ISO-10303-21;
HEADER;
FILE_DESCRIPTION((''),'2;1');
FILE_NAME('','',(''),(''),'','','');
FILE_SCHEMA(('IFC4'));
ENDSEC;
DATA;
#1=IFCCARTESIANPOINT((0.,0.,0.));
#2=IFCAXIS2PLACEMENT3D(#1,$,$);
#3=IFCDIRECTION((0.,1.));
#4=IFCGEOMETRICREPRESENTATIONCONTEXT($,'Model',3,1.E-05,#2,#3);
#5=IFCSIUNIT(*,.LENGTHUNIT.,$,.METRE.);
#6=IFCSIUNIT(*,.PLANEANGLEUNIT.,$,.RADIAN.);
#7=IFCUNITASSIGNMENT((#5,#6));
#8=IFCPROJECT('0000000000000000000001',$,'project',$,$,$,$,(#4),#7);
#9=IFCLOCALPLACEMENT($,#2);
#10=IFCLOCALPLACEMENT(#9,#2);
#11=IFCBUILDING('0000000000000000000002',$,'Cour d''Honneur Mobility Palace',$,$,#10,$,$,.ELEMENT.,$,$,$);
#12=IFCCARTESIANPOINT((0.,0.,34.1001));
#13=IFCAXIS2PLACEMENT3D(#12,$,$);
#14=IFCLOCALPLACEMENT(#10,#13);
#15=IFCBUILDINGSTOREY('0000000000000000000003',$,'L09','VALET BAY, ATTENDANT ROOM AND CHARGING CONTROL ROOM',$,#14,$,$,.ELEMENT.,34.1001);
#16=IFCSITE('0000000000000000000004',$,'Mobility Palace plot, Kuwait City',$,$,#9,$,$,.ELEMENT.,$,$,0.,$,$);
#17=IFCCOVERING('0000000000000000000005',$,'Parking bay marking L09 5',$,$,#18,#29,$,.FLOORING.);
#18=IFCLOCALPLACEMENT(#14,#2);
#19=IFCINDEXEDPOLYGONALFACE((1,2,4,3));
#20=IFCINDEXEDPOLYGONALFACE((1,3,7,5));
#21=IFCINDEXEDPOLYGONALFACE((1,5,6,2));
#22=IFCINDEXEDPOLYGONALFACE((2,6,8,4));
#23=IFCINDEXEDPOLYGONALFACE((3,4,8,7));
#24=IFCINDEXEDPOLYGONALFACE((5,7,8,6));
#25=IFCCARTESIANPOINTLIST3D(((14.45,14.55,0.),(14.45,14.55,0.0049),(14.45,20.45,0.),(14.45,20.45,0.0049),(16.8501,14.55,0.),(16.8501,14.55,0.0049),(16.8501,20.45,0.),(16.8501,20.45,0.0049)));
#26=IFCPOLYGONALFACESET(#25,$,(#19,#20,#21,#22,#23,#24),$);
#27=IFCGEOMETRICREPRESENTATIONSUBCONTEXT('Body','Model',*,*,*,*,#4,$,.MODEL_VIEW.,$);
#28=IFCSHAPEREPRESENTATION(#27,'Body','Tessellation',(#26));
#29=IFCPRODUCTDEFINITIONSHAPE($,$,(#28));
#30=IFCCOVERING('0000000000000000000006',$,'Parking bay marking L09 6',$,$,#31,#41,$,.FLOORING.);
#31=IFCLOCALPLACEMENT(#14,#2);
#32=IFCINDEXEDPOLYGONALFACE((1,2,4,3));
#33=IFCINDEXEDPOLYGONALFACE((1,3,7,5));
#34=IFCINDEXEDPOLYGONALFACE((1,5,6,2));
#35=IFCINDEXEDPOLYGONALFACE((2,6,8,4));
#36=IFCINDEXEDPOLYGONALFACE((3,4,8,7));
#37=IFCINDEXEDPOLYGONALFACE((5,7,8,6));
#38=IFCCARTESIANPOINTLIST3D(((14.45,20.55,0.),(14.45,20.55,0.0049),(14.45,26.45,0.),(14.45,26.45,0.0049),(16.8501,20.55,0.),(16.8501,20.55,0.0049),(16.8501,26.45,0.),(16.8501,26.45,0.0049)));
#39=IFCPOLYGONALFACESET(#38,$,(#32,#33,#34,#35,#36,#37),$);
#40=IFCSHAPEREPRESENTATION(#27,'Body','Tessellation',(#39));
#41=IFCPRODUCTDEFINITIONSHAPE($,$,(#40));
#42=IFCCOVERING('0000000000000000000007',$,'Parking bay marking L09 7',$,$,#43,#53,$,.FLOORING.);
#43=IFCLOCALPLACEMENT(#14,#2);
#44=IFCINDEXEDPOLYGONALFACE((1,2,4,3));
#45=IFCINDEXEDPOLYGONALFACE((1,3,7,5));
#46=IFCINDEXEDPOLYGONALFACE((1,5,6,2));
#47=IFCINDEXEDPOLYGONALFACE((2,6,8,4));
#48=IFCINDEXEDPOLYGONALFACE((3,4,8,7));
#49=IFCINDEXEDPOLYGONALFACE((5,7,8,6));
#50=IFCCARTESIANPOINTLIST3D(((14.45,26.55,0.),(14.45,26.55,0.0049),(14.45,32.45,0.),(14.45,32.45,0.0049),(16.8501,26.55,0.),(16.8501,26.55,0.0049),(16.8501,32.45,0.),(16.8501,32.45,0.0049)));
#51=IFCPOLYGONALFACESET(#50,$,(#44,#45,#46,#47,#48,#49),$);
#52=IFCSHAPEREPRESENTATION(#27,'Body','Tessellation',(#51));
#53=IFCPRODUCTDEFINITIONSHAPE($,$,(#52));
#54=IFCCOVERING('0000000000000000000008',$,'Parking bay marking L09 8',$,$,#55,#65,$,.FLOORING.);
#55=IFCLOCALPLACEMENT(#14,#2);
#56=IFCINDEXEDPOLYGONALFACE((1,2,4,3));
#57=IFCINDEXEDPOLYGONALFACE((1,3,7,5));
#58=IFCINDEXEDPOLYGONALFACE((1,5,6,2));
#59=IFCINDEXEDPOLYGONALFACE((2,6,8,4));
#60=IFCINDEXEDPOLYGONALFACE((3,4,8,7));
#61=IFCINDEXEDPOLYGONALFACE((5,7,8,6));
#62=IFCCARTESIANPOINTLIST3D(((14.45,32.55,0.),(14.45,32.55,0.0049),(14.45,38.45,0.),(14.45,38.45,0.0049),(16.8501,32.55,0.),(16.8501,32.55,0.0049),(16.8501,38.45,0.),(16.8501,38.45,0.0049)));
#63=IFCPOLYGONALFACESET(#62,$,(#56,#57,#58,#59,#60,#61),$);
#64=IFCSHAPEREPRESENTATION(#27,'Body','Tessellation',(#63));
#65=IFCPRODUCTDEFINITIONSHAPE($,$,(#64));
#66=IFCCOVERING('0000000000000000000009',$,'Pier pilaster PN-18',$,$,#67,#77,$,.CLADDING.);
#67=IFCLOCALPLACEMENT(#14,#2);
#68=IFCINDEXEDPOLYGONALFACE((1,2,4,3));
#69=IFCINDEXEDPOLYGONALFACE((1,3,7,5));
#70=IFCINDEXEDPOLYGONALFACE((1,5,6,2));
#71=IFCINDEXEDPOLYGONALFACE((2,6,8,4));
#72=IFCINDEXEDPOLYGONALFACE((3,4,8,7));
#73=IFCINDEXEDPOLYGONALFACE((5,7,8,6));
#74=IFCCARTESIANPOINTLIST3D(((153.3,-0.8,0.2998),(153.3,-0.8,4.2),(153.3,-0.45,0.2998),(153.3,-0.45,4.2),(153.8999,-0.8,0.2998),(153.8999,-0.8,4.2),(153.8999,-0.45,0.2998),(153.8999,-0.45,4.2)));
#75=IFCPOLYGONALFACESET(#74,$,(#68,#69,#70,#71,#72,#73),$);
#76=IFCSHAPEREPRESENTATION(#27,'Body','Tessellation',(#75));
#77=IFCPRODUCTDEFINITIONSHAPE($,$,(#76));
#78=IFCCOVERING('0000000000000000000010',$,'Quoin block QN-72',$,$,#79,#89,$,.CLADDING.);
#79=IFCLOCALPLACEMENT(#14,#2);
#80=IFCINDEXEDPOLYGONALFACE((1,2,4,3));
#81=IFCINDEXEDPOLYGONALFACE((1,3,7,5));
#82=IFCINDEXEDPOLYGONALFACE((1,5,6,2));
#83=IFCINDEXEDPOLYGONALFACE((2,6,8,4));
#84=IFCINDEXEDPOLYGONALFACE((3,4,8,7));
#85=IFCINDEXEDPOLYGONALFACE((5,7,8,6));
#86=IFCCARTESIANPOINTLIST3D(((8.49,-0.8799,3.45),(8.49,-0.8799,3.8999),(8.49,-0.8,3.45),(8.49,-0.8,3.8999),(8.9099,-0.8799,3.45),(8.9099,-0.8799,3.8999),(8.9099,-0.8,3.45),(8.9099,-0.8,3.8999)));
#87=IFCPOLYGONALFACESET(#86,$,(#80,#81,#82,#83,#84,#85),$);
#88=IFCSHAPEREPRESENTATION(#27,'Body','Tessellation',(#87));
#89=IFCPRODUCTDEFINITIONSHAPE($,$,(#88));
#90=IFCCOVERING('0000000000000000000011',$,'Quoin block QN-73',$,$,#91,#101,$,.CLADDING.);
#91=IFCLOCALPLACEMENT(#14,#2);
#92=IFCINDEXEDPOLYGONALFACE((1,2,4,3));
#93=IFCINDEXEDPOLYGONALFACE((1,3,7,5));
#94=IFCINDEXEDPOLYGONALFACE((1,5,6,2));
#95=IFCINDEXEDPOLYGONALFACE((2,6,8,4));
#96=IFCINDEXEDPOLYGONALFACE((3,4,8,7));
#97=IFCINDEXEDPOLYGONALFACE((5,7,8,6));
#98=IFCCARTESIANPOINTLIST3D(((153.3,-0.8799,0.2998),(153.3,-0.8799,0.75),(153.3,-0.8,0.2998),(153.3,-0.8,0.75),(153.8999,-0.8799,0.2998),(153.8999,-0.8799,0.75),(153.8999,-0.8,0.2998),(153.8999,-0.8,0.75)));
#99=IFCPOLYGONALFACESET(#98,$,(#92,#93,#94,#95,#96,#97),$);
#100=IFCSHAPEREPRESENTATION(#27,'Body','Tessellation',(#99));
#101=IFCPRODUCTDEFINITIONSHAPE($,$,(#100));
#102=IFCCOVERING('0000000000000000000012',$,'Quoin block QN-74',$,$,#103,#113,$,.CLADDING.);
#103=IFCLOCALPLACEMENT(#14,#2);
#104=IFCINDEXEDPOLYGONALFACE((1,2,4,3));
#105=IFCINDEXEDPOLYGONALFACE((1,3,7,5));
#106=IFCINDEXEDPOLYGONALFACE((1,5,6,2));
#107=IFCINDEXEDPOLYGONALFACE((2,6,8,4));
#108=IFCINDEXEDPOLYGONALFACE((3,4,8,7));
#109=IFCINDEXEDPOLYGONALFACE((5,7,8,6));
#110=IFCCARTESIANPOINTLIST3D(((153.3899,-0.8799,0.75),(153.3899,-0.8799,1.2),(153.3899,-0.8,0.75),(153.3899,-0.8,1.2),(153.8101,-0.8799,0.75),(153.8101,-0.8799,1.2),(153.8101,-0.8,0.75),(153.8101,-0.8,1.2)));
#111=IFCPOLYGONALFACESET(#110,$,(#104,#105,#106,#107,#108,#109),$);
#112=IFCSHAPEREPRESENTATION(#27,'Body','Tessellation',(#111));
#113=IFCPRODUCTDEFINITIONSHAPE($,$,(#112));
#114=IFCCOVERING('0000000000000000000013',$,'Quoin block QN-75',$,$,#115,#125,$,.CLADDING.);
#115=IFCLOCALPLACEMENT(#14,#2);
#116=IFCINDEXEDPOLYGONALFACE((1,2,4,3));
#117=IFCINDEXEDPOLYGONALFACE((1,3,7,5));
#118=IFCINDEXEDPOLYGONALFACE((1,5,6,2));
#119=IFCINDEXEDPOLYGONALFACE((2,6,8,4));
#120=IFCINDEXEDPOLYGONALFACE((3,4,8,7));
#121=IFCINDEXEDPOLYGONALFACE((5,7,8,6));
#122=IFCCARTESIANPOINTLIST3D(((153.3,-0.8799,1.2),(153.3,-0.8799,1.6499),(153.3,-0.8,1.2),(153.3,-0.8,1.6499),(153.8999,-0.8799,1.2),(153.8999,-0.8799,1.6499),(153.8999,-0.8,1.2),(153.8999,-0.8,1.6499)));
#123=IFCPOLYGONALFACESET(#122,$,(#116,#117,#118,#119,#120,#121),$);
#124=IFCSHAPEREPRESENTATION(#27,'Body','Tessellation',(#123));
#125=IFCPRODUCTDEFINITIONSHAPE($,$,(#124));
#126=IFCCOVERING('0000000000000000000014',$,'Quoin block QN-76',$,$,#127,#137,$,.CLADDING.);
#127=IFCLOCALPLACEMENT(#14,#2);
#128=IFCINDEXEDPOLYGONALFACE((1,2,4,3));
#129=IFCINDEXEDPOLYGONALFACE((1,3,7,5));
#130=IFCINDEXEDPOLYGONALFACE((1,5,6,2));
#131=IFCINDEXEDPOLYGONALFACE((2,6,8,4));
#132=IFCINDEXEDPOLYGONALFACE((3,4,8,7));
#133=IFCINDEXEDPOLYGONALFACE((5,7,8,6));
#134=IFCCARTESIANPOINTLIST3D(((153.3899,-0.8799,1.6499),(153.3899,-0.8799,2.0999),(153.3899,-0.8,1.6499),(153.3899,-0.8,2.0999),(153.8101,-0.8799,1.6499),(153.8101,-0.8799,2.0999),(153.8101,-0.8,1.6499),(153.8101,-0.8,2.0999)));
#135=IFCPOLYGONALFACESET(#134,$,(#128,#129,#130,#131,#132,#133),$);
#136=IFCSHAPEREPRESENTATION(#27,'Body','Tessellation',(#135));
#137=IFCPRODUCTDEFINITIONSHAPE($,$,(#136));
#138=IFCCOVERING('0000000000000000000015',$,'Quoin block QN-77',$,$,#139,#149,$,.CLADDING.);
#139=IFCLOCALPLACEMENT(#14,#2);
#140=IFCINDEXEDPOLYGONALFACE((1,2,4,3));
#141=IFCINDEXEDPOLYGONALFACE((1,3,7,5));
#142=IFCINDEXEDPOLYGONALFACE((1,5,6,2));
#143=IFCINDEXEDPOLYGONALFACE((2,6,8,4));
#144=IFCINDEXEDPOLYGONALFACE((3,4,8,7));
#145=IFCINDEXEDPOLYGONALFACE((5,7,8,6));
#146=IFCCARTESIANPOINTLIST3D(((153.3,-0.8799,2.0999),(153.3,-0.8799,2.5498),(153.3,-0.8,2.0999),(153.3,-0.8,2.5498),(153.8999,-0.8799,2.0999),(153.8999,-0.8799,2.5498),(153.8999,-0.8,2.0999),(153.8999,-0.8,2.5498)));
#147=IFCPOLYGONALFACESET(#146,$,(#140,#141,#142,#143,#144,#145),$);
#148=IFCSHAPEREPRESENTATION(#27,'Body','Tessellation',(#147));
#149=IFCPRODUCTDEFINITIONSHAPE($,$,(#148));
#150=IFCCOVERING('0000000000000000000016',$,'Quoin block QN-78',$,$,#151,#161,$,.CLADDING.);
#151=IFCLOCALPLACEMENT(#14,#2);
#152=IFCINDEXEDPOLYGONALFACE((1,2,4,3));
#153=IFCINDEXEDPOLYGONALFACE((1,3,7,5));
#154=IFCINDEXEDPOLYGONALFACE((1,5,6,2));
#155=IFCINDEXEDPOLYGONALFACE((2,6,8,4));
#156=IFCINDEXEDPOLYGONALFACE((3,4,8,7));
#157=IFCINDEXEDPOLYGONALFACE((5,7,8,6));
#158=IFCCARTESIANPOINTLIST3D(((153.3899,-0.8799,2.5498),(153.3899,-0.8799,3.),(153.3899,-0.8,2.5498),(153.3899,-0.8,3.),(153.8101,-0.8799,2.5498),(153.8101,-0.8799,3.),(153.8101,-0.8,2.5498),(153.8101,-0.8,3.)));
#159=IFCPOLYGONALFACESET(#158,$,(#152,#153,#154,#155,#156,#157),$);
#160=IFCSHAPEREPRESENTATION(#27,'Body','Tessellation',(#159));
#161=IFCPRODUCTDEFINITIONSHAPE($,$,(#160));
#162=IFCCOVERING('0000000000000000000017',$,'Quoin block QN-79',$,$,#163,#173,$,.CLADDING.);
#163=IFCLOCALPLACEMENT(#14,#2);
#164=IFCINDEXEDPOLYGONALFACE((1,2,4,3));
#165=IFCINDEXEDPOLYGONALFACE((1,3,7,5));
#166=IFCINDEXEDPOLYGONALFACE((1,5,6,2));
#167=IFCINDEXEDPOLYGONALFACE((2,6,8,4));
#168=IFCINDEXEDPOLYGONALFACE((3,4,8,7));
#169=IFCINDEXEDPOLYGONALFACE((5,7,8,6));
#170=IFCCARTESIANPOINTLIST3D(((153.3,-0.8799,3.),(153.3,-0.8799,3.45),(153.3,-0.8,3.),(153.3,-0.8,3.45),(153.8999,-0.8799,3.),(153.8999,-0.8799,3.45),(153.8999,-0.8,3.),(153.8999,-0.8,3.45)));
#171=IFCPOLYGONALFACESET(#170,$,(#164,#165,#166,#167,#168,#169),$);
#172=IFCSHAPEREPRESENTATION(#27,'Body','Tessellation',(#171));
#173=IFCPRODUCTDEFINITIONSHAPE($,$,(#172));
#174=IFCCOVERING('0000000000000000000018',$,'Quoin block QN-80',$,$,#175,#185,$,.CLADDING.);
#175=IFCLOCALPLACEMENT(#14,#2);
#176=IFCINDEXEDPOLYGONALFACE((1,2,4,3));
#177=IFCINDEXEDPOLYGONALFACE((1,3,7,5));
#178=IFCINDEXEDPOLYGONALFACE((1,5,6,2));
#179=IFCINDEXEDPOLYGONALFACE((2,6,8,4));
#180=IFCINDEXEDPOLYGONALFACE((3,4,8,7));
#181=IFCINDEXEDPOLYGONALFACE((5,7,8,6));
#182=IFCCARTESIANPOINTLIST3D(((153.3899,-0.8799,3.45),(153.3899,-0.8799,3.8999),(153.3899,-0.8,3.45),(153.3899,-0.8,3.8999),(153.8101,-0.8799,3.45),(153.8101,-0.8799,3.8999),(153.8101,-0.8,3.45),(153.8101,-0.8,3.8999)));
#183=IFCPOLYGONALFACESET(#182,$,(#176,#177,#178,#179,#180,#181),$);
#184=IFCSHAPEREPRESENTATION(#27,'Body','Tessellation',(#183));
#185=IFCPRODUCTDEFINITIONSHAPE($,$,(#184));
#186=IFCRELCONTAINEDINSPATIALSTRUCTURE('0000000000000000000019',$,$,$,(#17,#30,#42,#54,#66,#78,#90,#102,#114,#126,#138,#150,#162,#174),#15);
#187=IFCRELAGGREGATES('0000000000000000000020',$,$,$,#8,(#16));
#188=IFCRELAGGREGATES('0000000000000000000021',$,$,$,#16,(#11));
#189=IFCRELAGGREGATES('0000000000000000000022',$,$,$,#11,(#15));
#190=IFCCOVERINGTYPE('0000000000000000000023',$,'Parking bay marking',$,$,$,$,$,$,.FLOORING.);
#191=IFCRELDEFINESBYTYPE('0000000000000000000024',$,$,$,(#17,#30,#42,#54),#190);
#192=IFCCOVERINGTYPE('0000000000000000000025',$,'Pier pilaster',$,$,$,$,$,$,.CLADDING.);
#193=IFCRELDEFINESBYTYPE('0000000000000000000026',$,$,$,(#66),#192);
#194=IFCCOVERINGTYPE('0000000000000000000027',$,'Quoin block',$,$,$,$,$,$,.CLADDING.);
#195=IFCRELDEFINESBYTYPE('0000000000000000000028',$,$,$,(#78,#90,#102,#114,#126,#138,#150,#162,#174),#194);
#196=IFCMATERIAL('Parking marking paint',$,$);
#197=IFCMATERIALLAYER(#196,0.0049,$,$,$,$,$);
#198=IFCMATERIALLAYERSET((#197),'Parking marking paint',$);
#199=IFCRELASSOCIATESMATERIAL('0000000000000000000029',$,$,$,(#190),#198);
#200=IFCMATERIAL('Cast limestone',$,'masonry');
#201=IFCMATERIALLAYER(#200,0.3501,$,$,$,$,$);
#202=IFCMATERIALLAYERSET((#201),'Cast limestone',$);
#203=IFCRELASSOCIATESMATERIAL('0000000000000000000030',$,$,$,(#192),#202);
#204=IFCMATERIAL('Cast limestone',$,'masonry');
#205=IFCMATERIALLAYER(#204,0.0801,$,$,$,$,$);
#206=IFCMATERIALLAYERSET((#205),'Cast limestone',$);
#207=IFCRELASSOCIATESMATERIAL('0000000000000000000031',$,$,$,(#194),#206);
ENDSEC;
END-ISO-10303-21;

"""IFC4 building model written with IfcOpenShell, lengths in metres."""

from ifc_helpers import new_model, si_unit, direction, frame, origin, place, context, subcontext, project, spatial, polyline, outline, extrude, material, layer, layer_set, type_object, element, save


model = new_model("IFC4")

# Units and contexts
model_context = context("Model", 3, precision=1e-05, world=origin(), true_north=direction((0.0, 1.0)))
body_context = subcontext(model_context, "Body", "Model", "MODEL_VIEW")
ifc_project = project(units=[si_unit("LENGTHUNIT", "METRE"), si_unit("PLANEANGLEUNIT", "RADIAN")], contexts=[model_context])

# Site, building, storey
site_placement = place(None, origin())
site = spatial("IfcSite", under=ifc_project, at=site_placement, Name="Mobility Palace plot, Kuwait City", CompositionType="ELEMENT", RefElevation=0.0)
building_placement = place(site_placement, origin())
building = spatial("IfcBuilding", under=site, at=building_placement, Name="Cour d'Honneur Mobility Palace", CompositionType="ELEMENT")
storey_placement = place(building_placement, frame((0.0, 0.0, 34.1001)))
storey = spatial("IfcBuildingStorey", under=building, at=storey_placement, Name="L09", Description="VALET BAY, ATTENDANT ROOM AND CHARGING CONTROL ROOM", CompositionType="ELEMENT", Elevation=34.1001)

# Coverings
ifc_material_1 = material(Name="Parking marking paint")
ifc_layer_1 = layer(ifc_material_1, 0.0049)
ifc_layer_set_1 = layer_set([ifc_layer_1], Name="Parking marking paint")
covering_type_1 = type_object("IfcCoveringType", Name="Parking bay marking", PredefinedType="FLOORING", material=ifc_layer_set_1)
covering_1_placement = place(storey_placement, origin())
element("IfcCovering", 1, at=covering_1_placement, inside=storey, type_object=covering_type_1, Name="Parking bay marking L09 5", PredefinedType="FLOORING", context=body_context, shape_type="SweptSolid", body=[
    extrude(outline(polyline([(16.8501, 14.55), (14.45, 14.55), (14.45, 20.45), (16.8501, 20.45), (16.8501, 14.55)])), origin(), (0.0, 0.0, 1.0), 0.0049),
])
covering_2_placement = place(storey_placement, origin())
element("IfcCovering", 2, at=covering_2_placement, inside=storey, type_object=covering_type_1, Name="Parking bay marking L09 6", PredefinedType="FLOORING", context=body_context, shape_type="SweptSolid", body=[
    extrude(outline(polyline([(16.8501, 20.55), (14.45, 20.55), (14.45, 26.45), (16.8501, 26.45), (16.8501, 20.55)])), origin(), (0.0, 0.0, 1.0), 0.0049),
])
covering_3_placement = place(storey_placement, origin())
element("IfcCovering", 3, at=covering_3_placement, inside=storey, type_object=covering_type_1, Name="Parking bay marking L09 7", PredefinedType="FLOORING", context=body_context, shape_type="SweptSolid", body=[
    extrude(outline(polyline([(16.8501, 26.55), (14.45, 26.55), (14.45, 32.45), (16.8501, 32.45), (16.8501, 26.55)])), origin(), (0.0, 0.0, 1.0), 0.0049),
])
covering_4_placement = place(storey_placement, origin())
element("IfcCovering", 4, at=covering_4_placement, inside=storey, type_object=covering_type_1, Name="Parking bay marking L09 8", PredefinedType="FLOORING", context=body_context, shape_type="SweptSolid", body=[
    extrude(outline(polyline([(16.8501, 32.55), (14.45, 32.55), (14.45, 38.45), (16.8501, 38.45), (16.8501, 32.55)])), origin(), (0.0, 0.0, 1.0), 0.0049),
])
ifc_material_2 = material(Name="Cast limestone", Category="masonry")
ifc_layer_2 = layer(ifc_material_2, 0.3501)
ifc_layer_set_2 = layer_set([ifc_layer_2], Name="Cast limestone")
covering_type_2 = type_object("IfcCoveringType", Name="Pier pilaster", PredefinedType="CLADDING", material=ifc_layer_set_2)
covering_5_placement = place(storey_placement, frame((0.0, 0.0, 0.2998)))
element("IfcCovering", 5, at=covering_5_placement, inside=storey, type_object=covering_type_2, Name="Pier pilaster PN-18", PredefinedType="CLADDING", context=body_context, shape_type="SweptSolid", body=[
    extrude(outline(polyline([(153.3, -0.45), (153.8999, -0.45), (153.8999, -0.8), (153.3, -0.8), (153.3, -0.45)])), origin(), (0.0, 0.0, 1.0), 3.9001),
])
ifc_material_3 = material(Name="Cast limestone", Category="masonry")
ifc_layer_3 = layer(ifc_material_3, 0.0801)
ifc_layer_set_3 = layer_set([ifc_layer_3], Name="Cast limestone")
covering_type_3 = type_object("IfcCoveringType", Name="Quoin block", PredefinedType="CLADDING", material=ifc_layer_set_3)
covering_6_placement = place(storey_placement, frame((0.0, 0.0, 3.45)))
element("IfcCovering", 6, at=covering_6_placement, inside=storey, type_object=covering_type_3, Name="Quoin block QN-72", PredefinedType="CLADDING", context=body_context, shape_type="SweptSolid", body=[
    extrude(outline(polyline([(8.49, -0.8), (8.9099, -0.8), (8.9099, -0.8799), (8.49, -0.8799), (8.49, -0.8)])), origin(), (0.0, 0.0, 1.0), 0.45),
])
covering_7_placement = place(storey_placement, frame((0.0, 0.0, 0.2998)))
element("IfcCovering", 7, at=covering_7_placement, inside=storey, type_object=covering_type_3, Name="Quoin block QN-73", PredefinedType="CLADDING", context=body_context, shape_type="SweptSolid", body=[
    extrude(outline(polyline([(153.3, -0.8), (153.8999, -0.8), (153.8999, -0.8799), (153.3, -0.8799), (153.3, -0.8)])), origin(), (0.0, 0.0, 1.0), 0.4502),
])
covering_8_placement = place(storey_placement, frame((0.0, 0.0, 0.75)))
element("IfcCovering", 8, at=covering_8_placement, inside=storey, type_object=covering_type_3, Name="Quoin block QN-74", PredefinedType="CLADDING", context=body_context, shape_type="SweptSolid", body=[
    extrude(outline(polyline([(153.3899, -0.8), (153.8101, -0.8), (153.8101, -0.8799), (153.3899, -0.8799), (153.3899, -0.8)])), origin(), (0.0, 0.0, 1.0), 0.45),
])
covering_9_placement = place(storey_placement, frame((0.0, 0.0, 1.2)))
element("IfcCovering", 9, at=covering_9_placement, inside=storey, type_object=covering_type_3, Name="Quoin block QN-75", PredefinedType="CLADDING", context=body_context, shape_type="SweptSolid", body=[
    extrude(outline(polyline([(153.3, -0.8), (153.8999, -0.8), (153.8999, -0.8799), (153.3, -0.8799), (153.3, -0.8)])), origin(), (0.0, 0.0, 1.0), 0.45),
])
covering_10_placement = place(storey_placement, frame((0.0, 0.0, 1.6499)))
element("IfcCovering", 10, at=covering_10_placement, inside=storey, type_object=covering_type_3, Name="Quoin block QN-76", PredefinedType="CLADDING", context=body_context, shape_type="SweptSolid", body=[
    extrude(outline(polyline([(153.3899, -0.8), (153.8101, -0.8), (153.8101, -0.8799), (153.3899, -0.8799), (153.3899, -0.8)])), origin(), (0.0, 0.0, 1.0), 0.45),
])
covering_11_placement = place(storey_placement, frame((0.0, 0.0, 2.0999)))
element("IfcCovering", 11, at=covering_11_placement, inside=storey, type_object=covering_type_3, Name="Quoin block QN-77", PredefinedType="CLADDING", context=body_context, shape_type="SweptSolid", body=[
    extrude(outline(polyline([(153.3, -0.8), (153.8999, -0.8), (153.8999, -0.8799), (153.3, -0.8799), (153.3, -0.8)])), origin(), (0.0, 0.0, 1.0), 0.45),
])
covering_12_placement = place(storey_placement, frame((0.0, 0.0, 2.5498)))
element("IfcCovering", 12, at=covering_12_placement, inside=storey, type_object=covering_type_3, Name="Quoin block QN-78", PredefinedType="CLADDING", context=body_context, shape_type="SweptSolid", body=[
    extrude(outline(polyline([(153.3899, -0.8), (153.8101, -0.8), (153.8101, -0.8799), (153.3899, -0.8799), (153.3899, -0.8)])), origin(), (0.0, 0.0, 1.0), 0.4502),
])
covering_13_placement = place(storey_placement, frame((0.0, 0.0, 3.0)))
element("IfcCovering", 13, at=covering_13_placement, inside=storey, type_object=covering_type_3, Name="Quoin block QN-79", PredefinedType="CLADDING", context=body_context, shape_type="SweptSolid", body=[
    extrude(outline(polyline([(153.3, -0.8), (153.8999, -0.8), (153.8999, -0.8799), (153.3, -0.8799), (153.3, -0.8)])), origin(), (0.0, 0.0, 1.0), 0.45),
])
covering_14_placement = place(storey_placement, frame((0.0, 0.0, 3.45)))
element("IfcCovering", 14, at=covering_14_placement, inside=storey, type_object=covering_type_3, Name="Quoin block QN-80", PredefinedType="CLADDING", context=body_context, shape_type="SweptSolid", body=[
    extrude(outline(polyline([(153.3899, -0.8), (153.8101, -0.8), (153.8101, -0.8799), (153.3899, -0.8799), (153.3899, -0.8)])), origin(), (0.0, 0.0, 1.0), 0.45),
])

save(model, "model.ifc")
